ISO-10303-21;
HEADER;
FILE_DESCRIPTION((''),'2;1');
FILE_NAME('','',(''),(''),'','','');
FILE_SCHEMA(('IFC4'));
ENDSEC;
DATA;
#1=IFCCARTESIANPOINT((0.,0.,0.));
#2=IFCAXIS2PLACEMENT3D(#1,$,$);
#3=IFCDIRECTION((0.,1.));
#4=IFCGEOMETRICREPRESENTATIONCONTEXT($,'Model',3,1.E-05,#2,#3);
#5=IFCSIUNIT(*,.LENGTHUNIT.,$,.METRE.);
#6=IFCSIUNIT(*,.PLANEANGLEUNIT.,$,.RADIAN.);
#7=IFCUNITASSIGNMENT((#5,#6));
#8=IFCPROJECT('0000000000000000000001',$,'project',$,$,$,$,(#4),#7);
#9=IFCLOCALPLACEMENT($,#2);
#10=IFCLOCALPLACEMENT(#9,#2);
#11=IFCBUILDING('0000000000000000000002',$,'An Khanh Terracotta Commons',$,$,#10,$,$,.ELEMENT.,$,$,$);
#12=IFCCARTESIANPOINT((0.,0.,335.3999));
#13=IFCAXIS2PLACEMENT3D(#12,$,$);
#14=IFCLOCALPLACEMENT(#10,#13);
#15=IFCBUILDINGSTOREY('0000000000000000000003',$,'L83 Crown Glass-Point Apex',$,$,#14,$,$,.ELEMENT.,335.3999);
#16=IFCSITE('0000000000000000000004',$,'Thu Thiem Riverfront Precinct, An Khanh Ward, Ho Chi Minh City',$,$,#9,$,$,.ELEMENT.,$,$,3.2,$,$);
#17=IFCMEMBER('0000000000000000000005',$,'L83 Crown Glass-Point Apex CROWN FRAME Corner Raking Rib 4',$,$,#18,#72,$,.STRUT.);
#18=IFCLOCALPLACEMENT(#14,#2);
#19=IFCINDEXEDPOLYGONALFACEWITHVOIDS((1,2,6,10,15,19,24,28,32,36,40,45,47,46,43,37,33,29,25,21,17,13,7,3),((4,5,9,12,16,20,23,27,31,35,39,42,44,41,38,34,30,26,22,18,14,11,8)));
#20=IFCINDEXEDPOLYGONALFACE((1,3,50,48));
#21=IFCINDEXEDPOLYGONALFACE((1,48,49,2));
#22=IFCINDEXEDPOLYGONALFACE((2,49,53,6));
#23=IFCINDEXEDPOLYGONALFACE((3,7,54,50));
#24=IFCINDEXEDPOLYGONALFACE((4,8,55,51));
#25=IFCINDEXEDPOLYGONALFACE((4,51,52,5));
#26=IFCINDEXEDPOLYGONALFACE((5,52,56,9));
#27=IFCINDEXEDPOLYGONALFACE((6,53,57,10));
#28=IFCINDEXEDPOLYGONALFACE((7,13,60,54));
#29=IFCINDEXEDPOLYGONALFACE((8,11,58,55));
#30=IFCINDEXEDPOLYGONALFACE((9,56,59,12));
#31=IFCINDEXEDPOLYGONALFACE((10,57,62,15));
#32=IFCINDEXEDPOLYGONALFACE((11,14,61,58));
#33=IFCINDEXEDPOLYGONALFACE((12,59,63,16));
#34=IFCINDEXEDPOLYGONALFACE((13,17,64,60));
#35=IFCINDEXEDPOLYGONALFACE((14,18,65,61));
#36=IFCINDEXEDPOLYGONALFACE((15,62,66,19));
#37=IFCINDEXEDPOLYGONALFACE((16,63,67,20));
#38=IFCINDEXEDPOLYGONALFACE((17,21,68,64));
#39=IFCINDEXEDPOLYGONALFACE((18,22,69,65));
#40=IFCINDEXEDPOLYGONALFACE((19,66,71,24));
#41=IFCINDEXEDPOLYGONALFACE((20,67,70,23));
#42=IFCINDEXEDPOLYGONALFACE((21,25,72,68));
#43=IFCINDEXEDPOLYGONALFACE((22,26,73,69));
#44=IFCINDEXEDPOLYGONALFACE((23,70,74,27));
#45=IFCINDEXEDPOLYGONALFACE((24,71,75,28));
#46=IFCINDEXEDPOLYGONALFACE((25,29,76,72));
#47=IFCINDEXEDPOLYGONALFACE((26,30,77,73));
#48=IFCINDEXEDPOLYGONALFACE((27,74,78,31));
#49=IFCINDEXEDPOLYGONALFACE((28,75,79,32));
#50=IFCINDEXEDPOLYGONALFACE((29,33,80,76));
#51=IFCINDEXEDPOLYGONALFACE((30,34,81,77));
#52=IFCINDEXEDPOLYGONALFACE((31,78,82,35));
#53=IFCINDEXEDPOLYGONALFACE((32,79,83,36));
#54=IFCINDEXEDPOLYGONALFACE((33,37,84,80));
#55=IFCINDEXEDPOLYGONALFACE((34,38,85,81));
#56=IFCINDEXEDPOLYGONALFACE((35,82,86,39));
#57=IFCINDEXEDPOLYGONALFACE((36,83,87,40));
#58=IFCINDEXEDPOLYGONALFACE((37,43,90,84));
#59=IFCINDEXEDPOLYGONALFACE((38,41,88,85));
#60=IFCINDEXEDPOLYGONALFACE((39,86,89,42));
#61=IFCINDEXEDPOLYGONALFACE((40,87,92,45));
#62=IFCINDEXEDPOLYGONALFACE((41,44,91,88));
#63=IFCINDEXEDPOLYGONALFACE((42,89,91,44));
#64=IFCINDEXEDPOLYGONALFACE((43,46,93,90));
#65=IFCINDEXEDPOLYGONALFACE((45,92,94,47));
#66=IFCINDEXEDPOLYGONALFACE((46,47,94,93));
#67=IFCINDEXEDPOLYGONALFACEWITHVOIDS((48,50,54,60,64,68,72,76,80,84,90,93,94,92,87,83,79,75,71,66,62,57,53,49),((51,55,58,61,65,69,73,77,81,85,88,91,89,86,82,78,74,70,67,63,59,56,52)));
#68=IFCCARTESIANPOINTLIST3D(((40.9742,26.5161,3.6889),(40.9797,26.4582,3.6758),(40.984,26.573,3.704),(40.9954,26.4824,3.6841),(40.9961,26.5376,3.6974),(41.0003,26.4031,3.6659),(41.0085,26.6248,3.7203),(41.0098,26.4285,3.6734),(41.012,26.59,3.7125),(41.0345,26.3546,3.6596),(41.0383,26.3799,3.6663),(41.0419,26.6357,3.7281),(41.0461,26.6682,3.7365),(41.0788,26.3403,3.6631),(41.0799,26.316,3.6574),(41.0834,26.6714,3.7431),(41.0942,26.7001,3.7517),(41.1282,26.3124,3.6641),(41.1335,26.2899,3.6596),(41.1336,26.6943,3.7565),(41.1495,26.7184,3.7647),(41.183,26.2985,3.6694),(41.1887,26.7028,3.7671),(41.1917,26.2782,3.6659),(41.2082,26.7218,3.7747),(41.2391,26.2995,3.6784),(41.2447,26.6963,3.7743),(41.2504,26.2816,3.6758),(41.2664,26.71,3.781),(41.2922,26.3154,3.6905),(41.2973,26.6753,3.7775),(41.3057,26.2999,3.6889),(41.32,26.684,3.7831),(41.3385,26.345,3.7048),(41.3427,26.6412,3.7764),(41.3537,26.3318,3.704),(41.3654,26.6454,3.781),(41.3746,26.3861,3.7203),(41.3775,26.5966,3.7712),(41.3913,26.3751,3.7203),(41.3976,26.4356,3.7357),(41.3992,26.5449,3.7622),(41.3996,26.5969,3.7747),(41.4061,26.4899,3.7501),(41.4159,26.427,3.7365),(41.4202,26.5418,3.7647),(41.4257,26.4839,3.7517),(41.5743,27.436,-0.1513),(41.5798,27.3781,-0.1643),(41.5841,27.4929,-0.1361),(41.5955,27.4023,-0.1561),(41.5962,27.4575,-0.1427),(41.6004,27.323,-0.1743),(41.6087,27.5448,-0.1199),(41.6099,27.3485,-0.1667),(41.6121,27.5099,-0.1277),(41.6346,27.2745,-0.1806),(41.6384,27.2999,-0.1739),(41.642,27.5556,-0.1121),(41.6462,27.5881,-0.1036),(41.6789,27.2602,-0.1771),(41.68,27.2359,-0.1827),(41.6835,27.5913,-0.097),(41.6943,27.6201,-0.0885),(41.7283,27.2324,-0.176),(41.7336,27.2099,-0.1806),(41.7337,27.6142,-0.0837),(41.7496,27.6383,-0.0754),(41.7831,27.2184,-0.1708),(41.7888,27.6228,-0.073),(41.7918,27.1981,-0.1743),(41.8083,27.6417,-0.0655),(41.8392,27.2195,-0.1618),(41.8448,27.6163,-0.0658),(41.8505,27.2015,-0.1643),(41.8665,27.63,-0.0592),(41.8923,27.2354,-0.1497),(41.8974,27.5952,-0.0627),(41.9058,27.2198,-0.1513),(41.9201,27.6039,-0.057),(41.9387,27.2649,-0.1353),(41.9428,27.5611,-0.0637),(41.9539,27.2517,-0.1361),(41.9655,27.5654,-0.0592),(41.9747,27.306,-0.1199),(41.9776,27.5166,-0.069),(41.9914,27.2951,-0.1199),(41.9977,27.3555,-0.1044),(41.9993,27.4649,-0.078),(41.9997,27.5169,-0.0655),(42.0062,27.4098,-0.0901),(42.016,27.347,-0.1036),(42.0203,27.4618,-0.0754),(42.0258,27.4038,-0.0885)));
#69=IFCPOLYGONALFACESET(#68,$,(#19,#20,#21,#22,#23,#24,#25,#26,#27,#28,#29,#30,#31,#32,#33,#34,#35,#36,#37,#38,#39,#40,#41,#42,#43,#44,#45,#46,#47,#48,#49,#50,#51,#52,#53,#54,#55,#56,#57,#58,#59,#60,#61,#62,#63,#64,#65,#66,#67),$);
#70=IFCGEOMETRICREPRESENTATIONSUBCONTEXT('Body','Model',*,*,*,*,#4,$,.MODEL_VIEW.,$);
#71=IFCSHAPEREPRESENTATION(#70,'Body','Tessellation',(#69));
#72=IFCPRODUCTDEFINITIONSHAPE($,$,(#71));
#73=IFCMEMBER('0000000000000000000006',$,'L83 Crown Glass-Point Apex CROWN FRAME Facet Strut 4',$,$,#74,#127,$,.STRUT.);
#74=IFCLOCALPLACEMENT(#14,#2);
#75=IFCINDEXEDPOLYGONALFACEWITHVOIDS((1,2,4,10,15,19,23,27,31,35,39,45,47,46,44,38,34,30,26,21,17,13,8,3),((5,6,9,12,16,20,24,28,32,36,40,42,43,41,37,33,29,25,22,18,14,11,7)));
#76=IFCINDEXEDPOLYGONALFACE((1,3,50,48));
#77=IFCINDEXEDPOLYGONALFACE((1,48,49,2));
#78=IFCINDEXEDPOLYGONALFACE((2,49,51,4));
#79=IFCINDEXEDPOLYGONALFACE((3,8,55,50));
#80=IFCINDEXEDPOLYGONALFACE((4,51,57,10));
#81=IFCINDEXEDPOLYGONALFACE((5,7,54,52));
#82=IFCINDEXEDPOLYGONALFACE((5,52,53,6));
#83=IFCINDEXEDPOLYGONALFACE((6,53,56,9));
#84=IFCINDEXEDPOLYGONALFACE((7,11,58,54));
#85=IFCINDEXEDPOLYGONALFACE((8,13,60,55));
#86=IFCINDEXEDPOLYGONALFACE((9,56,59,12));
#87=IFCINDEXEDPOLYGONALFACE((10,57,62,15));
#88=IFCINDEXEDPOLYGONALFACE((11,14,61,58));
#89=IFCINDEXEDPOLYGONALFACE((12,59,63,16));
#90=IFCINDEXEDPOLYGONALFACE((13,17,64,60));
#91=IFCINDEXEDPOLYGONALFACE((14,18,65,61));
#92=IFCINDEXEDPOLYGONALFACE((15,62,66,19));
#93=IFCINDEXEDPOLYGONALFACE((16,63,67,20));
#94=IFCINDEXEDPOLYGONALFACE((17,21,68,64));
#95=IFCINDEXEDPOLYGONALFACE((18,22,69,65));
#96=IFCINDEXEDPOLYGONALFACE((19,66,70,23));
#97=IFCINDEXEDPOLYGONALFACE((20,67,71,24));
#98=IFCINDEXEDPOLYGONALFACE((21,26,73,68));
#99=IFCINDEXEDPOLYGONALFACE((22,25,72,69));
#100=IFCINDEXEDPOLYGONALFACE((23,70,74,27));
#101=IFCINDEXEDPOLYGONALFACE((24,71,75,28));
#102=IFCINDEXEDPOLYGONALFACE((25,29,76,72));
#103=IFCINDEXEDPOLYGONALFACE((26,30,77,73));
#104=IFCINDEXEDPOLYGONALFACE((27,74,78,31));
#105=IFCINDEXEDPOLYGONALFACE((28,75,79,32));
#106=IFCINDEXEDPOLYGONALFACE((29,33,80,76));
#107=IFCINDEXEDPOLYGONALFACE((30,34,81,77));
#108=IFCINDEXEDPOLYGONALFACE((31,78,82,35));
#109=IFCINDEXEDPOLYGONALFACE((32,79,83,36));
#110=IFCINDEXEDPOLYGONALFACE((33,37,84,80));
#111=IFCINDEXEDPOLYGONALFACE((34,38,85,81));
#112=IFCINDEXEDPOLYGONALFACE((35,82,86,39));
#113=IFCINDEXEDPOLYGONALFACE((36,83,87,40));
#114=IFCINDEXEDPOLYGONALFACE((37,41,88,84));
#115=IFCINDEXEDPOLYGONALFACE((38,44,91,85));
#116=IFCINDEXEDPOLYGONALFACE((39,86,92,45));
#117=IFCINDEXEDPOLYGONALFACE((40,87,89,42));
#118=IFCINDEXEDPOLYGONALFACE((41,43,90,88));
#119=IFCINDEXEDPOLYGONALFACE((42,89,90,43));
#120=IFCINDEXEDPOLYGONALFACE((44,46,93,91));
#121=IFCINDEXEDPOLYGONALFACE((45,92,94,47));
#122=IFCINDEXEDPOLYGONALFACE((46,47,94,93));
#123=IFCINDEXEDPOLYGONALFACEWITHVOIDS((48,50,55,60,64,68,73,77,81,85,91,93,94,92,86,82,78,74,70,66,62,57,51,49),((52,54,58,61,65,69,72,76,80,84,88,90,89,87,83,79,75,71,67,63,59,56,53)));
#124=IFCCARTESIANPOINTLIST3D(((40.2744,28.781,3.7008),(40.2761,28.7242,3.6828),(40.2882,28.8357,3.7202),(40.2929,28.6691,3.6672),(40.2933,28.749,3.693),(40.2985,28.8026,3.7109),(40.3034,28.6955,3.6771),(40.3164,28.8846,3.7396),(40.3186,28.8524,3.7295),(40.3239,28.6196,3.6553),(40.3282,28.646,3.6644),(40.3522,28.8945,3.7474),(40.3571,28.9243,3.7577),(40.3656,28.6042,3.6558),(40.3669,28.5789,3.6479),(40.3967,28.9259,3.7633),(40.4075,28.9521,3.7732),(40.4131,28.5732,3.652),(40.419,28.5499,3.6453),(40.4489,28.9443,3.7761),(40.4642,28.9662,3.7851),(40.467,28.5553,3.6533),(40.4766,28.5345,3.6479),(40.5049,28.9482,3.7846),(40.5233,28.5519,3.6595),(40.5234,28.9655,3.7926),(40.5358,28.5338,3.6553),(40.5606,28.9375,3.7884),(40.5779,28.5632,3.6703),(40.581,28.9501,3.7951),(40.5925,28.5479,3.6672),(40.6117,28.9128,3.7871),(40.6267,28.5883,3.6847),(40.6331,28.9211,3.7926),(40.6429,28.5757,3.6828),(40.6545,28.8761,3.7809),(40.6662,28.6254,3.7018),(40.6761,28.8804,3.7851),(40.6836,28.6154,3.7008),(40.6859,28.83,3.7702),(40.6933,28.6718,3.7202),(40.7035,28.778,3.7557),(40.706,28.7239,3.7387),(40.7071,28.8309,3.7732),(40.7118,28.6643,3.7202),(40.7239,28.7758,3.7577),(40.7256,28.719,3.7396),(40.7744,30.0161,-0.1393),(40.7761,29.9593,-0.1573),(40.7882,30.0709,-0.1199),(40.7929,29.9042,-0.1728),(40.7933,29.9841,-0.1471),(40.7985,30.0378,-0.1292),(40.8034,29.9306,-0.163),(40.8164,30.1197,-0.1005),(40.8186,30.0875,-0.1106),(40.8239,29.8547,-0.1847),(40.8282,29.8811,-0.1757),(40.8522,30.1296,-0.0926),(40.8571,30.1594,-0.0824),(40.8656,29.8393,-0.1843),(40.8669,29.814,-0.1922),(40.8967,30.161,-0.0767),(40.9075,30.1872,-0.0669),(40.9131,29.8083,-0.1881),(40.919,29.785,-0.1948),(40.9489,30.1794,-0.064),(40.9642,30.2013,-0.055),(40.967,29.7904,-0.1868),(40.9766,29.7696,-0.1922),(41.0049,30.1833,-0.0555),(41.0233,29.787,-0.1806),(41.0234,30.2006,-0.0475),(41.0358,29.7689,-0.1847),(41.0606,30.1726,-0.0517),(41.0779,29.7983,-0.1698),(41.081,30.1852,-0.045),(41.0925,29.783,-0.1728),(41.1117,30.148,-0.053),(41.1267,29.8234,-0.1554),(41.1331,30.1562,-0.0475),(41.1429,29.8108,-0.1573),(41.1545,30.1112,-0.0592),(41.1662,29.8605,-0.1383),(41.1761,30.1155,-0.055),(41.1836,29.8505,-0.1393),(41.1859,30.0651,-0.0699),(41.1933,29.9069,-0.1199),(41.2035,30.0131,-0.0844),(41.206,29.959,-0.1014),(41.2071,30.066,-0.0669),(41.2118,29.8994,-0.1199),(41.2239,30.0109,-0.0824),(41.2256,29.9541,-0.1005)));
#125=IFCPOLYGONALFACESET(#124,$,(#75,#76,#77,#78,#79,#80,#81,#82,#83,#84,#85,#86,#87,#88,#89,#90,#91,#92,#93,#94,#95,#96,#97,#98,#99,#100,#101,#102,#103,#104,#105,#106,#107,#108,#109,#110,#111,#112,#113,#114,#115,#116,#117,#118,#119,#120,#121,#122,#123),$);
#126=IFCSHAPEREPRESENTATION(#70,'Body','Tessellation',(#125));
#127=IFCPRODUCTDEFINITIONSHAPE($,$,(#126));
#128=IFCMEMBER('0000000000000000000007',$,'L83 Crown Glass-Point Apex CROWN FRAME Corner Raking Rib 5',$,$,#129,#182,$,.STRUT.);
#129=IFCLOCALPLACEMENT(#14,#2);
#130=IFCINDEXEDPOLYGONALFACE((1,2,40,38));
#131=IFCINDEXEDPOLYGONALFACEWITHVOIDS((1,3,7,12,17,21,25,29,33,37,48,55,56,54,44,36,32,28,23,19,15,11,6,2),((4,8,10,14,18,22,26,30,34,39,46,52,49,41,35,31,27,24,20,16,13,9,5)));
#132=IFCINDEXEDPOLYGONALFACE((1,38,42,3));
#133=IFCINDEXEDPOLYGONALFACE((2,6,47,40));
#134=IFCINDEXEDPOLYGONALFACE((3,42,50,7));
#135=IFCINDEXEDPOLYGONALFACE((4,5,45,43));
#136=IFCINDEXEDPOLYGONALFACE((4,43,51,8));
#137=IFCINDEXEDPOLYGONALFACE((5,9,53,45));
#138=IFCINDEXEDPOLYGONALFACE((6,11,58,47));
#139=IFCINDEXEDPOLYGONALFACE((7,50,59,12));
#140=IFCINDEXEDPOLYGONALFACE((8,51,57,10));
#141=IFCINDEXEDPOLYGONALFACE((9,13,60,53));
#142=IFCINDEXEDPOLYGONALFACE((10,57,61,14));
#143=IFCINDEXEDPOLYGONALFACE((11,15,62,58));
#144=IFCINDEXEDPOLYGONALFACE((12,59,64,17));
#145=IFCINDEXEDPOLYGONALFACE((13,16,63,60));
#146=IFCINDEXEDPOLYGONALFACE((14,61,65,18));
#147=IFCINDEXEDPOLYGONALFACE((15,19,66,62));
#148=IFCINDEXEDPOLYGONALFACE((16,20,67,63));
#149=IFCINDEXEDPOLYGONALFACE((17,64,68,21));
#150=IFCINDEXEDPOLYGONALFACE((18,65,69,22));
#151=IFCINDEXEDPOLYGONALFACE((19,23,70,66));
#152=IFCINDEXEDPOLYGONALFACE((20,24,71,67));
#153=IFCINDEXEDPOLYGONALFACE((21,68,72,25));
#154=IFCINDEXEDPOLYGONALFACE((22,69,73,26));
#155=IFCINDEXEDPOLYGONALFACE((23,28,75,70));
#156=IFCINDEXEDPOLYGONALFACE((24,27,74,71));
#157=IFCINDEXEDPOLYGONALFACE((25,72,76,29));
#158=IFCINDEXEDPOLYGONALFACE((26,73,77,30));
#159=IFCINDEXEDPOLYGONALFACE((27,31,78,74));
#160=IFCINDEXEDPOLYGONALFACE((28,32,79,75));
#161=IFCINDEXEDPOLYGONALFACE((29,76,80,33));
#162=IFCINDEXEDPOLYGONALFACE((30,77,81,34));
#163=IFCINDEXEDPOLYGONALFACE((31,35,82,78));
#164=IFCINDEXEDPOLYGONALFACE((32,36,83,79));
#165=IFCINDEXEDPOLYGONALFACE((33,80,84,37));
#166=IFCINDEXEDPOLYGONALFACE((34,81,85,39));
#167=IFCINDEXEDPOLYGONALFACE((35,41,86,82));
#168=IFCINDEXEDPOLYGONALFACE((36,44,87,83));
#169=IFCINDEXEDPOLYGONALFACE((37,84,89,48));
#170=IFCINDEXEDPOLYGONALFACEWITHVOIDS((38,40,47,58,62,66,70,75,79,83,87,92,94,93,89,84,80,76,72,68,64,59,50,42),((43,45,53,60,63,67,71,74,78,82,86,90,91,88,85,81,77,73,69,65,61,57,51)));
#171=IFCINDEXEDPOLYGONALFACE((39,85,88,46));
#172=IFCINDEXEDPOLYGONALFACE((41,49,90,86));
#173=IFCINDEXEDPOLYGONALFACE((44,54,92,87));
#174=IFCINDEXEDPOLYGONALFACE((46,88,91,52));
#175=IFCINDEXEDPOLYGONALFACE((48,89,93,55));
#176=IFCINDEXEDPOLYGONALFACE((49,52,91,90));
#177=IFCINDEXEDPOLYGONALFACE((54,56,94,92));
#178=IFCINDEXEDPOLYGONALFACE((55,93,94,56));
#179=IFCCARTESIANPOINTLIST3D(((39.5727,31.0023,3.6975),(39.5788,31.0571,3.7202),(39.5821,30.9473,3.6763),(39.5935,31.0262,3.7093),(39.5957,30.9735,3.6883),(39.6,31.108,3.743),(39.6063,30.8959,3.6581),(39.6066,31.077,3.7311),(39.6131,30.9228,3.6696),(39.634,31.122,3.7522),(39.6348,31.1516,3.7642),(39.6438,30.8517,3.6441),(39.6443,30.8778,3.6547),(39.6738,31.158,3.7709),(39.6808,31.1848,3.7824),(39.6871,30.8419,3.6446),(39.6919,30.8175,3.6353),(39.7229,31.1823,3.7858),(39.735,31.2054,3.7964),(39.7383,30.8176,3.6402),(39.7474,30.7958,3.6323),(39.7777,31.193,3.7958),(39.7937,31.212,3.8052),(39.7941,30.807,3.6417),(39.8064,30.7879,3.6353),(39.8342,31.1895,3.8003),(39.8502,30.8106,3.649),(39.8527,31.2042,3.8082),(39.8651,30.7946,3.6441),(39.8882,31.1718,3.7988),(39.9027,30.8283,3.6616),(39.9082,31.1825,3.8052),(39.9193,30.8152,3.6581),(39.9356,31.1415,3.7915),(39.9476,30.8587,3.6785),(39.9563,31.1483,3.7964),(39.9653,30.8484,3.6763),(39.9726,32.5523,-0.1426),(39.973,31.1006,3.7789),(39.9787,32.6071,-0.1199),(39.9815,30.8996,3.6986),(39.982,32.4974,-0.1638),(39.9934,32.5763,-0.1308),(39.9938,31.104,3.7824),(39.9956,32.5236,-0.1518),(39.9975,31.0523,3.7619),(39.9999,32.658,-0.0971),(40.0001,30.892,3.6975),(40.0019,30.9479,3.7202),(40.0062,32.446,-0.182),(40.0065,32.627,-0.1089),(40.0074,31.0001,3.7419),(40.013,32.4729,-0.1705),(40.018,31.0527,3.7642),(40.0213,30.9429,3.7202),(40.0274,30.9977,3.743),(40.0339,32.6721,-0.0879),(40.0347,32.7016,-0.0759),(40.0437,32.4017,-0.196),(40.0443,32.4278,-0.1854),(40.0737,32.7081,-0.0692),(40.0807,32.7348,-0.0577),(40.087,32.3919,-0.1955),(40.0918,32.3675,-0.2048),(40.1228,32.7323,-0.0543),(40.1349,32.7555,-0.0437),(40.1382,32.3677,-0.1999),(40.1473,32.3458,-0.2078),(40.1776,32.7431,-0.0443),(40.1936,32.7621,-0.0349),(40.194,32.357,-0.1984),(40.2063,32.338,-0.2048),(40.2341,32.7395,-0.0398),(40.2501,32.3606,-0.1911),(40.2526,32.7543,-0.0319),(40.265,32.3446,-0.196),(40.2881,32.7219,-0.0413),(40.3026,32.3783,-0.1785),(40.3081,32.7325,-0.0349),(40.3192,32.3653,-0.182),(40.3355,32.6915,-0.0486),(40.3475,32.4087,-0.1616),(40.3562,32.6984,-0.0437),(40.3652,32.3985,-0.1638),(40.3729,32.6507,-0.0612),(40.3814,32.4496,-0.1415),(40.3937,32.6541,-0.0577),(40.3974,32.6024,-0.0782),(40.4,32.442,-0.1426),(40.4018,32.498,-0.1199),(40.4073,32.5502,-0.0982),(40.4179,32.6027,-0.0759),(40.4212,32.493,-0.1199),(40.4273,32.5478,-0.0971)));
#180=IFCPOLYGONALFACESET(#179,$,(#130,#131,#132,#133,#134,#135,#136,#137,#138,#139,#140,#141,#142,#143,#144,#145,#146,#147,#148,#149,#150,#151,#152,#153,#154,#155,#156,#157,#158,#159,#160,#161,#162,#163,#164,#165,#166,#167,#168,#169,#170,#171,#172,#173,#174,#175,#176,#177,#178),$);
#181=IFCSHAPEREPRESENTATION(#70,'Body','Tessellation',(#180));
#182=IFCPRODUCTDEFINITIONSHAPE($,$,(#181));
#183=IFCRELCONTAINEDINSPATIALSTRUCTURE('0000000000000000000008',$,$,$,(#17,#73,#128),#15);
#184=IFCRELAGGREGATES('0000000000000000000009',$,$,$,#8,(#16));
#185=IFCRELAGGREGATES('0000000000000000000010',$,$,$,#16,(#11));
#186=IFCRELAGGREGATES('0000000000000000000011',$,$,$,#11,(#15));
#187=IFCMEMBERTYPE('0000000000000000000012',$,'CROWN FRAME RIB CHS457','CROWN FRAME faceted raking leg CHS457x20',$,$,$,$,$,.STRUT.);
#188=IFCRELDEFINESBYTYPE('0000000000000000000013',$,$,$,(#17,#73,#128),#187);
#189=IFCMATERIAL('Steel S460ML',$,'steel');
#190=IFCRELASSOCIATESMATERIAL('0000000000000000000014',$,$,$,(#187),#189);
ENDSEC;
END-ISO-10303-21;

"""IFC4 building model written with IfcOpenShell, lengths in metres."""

from ifc_helpers import new_model, si_unit, direction, frame, origin, origin_2d, place, context, subcontext, project, spatial, hollow_circle, extrude, material, material_profile, profile_set, type_object, element, save


model = new_model("IFC4")

# Units and contexts
model_context = context("Model", 3, precision=1e-05, world=origin(), true_north=direction((0.0, 1.0)))
body_context = subcontext(model_context, "Body", "Model", "MODEL_VIEW")
ifc_project = project(units=[si_unit("LENGTHUNIT", "METRE"), si_unit("PLANEANGLEUNIT", "RADIAN")], contexts=[model_context])

# Site, building, storey
site_placement = place(None, origin())
site = spatial("IfcSite", under=ifc_project, at=site_placement, Name="Thu Thiem Riverfront Precinct, An Khanh Ward, Ho Chi Minh City", CompositionType="ELEMENT", RefElevation=3.2)
building_placement = place(site_placement, origin())
building = spatial("IfcBuilding", under=site, at=building_placement, Name="An Khanh Terracotta Commons", CompositionType="ELEMENT")
storey_placement = place(building_placement, frame((0.0, 0.0, 335.3999)))
storey = spatial("IfcBuildingStorey", under=building, at=storey_placement, Name="L83 Crown Glass-Point Apex", CompositionType="ELEMENT", Elevation=335.3999)

# Members
ifc_material_1 = material(Name="Steel S460ML", Category="steel")
ifc_material_profile_1 = material_profile(ifc_material_1, hollow_circle(Radius=0.2285, WallThickness=0.02, at=origin_2d()), Name="CHS457x20")
ifc_profile_set_1 = profile_set([ifc_material_profile_1], Name="Steel S460ML")
member_type_1 = type_object("IfcMemberType", Name="CROWN FRAME RIB CHS457", Description="CROWN FRAME faceted raking leg CHS457x20", PredefinedType="STRUT", material=ifc_profile_set_1)
member_1_placement = place(storey_placement, frame((41.8, 27.4199, -0.1199), z_axis=(-0.150247, -0.230322, 0.961446), x_axis=(0.837549, -0.546363, 0.0)))
element("IfcMember", 1, at=member_1_placement, inside=storey, type_object=member_type_1, Name="L83 Crown Glass-Point Apex CROWN FRAME Corner Raking Rib 4", PredefinedType="STRUT", context=body_context, shape_type="SweptSolid", body=[
    extrude(hollow_circle(Radius=0.2285, WallThickness=0.02, at=origin_2d()), origin(), (0.0, 0.0, 1.0), 3.9941),
])
member_2_placement = place(storey_placement, frame((41.0, 29.9851, -0.1199), z_axis=(-0.12301, -0.303862, 0.944741), x_axis=(0.926927, -0.375241, 0.0)))
element("IfcMember", 2, at=member_2_placement, inside=storey, type_object=member_type_1, Name="L83 Crown Glass-Point Apex CROWN FRAME Facet Strut 4", PredefinedType="STRUT", context=body_context, shape_type="SweptSolid", body=[
    extrude(hollow_circle(Radius=0.2285, WallThickness=0.02, at=origin_2d()), origin(), (0.0, 0.0, 1.0), 4.0647),
])
member_3_placement = place(storey_placement, frame((40.2, 32.55, -0.1199), z_axis=(-0.096121, -0.372573, 0.923011), x_axis=(0.968294, -0.249813, 0.0)))
element("IfcMember", 3, at=member_3_placement, inside=storey, type_object=member_type_1, Name="L83 Crown Glass-Point Apex CROWN FRAME Corner Raking Rib 5", PredefinedType="STRUT", context=body_context, shape_type="SweptSolid", body=[
    extrude(hollow_circle(Radius=0.2285, WallThickness=0.02, at=origin_2d()), origin(), (0.0, 0.0, 1.0), 4.1604),
])

save(model, "model.ifc")
